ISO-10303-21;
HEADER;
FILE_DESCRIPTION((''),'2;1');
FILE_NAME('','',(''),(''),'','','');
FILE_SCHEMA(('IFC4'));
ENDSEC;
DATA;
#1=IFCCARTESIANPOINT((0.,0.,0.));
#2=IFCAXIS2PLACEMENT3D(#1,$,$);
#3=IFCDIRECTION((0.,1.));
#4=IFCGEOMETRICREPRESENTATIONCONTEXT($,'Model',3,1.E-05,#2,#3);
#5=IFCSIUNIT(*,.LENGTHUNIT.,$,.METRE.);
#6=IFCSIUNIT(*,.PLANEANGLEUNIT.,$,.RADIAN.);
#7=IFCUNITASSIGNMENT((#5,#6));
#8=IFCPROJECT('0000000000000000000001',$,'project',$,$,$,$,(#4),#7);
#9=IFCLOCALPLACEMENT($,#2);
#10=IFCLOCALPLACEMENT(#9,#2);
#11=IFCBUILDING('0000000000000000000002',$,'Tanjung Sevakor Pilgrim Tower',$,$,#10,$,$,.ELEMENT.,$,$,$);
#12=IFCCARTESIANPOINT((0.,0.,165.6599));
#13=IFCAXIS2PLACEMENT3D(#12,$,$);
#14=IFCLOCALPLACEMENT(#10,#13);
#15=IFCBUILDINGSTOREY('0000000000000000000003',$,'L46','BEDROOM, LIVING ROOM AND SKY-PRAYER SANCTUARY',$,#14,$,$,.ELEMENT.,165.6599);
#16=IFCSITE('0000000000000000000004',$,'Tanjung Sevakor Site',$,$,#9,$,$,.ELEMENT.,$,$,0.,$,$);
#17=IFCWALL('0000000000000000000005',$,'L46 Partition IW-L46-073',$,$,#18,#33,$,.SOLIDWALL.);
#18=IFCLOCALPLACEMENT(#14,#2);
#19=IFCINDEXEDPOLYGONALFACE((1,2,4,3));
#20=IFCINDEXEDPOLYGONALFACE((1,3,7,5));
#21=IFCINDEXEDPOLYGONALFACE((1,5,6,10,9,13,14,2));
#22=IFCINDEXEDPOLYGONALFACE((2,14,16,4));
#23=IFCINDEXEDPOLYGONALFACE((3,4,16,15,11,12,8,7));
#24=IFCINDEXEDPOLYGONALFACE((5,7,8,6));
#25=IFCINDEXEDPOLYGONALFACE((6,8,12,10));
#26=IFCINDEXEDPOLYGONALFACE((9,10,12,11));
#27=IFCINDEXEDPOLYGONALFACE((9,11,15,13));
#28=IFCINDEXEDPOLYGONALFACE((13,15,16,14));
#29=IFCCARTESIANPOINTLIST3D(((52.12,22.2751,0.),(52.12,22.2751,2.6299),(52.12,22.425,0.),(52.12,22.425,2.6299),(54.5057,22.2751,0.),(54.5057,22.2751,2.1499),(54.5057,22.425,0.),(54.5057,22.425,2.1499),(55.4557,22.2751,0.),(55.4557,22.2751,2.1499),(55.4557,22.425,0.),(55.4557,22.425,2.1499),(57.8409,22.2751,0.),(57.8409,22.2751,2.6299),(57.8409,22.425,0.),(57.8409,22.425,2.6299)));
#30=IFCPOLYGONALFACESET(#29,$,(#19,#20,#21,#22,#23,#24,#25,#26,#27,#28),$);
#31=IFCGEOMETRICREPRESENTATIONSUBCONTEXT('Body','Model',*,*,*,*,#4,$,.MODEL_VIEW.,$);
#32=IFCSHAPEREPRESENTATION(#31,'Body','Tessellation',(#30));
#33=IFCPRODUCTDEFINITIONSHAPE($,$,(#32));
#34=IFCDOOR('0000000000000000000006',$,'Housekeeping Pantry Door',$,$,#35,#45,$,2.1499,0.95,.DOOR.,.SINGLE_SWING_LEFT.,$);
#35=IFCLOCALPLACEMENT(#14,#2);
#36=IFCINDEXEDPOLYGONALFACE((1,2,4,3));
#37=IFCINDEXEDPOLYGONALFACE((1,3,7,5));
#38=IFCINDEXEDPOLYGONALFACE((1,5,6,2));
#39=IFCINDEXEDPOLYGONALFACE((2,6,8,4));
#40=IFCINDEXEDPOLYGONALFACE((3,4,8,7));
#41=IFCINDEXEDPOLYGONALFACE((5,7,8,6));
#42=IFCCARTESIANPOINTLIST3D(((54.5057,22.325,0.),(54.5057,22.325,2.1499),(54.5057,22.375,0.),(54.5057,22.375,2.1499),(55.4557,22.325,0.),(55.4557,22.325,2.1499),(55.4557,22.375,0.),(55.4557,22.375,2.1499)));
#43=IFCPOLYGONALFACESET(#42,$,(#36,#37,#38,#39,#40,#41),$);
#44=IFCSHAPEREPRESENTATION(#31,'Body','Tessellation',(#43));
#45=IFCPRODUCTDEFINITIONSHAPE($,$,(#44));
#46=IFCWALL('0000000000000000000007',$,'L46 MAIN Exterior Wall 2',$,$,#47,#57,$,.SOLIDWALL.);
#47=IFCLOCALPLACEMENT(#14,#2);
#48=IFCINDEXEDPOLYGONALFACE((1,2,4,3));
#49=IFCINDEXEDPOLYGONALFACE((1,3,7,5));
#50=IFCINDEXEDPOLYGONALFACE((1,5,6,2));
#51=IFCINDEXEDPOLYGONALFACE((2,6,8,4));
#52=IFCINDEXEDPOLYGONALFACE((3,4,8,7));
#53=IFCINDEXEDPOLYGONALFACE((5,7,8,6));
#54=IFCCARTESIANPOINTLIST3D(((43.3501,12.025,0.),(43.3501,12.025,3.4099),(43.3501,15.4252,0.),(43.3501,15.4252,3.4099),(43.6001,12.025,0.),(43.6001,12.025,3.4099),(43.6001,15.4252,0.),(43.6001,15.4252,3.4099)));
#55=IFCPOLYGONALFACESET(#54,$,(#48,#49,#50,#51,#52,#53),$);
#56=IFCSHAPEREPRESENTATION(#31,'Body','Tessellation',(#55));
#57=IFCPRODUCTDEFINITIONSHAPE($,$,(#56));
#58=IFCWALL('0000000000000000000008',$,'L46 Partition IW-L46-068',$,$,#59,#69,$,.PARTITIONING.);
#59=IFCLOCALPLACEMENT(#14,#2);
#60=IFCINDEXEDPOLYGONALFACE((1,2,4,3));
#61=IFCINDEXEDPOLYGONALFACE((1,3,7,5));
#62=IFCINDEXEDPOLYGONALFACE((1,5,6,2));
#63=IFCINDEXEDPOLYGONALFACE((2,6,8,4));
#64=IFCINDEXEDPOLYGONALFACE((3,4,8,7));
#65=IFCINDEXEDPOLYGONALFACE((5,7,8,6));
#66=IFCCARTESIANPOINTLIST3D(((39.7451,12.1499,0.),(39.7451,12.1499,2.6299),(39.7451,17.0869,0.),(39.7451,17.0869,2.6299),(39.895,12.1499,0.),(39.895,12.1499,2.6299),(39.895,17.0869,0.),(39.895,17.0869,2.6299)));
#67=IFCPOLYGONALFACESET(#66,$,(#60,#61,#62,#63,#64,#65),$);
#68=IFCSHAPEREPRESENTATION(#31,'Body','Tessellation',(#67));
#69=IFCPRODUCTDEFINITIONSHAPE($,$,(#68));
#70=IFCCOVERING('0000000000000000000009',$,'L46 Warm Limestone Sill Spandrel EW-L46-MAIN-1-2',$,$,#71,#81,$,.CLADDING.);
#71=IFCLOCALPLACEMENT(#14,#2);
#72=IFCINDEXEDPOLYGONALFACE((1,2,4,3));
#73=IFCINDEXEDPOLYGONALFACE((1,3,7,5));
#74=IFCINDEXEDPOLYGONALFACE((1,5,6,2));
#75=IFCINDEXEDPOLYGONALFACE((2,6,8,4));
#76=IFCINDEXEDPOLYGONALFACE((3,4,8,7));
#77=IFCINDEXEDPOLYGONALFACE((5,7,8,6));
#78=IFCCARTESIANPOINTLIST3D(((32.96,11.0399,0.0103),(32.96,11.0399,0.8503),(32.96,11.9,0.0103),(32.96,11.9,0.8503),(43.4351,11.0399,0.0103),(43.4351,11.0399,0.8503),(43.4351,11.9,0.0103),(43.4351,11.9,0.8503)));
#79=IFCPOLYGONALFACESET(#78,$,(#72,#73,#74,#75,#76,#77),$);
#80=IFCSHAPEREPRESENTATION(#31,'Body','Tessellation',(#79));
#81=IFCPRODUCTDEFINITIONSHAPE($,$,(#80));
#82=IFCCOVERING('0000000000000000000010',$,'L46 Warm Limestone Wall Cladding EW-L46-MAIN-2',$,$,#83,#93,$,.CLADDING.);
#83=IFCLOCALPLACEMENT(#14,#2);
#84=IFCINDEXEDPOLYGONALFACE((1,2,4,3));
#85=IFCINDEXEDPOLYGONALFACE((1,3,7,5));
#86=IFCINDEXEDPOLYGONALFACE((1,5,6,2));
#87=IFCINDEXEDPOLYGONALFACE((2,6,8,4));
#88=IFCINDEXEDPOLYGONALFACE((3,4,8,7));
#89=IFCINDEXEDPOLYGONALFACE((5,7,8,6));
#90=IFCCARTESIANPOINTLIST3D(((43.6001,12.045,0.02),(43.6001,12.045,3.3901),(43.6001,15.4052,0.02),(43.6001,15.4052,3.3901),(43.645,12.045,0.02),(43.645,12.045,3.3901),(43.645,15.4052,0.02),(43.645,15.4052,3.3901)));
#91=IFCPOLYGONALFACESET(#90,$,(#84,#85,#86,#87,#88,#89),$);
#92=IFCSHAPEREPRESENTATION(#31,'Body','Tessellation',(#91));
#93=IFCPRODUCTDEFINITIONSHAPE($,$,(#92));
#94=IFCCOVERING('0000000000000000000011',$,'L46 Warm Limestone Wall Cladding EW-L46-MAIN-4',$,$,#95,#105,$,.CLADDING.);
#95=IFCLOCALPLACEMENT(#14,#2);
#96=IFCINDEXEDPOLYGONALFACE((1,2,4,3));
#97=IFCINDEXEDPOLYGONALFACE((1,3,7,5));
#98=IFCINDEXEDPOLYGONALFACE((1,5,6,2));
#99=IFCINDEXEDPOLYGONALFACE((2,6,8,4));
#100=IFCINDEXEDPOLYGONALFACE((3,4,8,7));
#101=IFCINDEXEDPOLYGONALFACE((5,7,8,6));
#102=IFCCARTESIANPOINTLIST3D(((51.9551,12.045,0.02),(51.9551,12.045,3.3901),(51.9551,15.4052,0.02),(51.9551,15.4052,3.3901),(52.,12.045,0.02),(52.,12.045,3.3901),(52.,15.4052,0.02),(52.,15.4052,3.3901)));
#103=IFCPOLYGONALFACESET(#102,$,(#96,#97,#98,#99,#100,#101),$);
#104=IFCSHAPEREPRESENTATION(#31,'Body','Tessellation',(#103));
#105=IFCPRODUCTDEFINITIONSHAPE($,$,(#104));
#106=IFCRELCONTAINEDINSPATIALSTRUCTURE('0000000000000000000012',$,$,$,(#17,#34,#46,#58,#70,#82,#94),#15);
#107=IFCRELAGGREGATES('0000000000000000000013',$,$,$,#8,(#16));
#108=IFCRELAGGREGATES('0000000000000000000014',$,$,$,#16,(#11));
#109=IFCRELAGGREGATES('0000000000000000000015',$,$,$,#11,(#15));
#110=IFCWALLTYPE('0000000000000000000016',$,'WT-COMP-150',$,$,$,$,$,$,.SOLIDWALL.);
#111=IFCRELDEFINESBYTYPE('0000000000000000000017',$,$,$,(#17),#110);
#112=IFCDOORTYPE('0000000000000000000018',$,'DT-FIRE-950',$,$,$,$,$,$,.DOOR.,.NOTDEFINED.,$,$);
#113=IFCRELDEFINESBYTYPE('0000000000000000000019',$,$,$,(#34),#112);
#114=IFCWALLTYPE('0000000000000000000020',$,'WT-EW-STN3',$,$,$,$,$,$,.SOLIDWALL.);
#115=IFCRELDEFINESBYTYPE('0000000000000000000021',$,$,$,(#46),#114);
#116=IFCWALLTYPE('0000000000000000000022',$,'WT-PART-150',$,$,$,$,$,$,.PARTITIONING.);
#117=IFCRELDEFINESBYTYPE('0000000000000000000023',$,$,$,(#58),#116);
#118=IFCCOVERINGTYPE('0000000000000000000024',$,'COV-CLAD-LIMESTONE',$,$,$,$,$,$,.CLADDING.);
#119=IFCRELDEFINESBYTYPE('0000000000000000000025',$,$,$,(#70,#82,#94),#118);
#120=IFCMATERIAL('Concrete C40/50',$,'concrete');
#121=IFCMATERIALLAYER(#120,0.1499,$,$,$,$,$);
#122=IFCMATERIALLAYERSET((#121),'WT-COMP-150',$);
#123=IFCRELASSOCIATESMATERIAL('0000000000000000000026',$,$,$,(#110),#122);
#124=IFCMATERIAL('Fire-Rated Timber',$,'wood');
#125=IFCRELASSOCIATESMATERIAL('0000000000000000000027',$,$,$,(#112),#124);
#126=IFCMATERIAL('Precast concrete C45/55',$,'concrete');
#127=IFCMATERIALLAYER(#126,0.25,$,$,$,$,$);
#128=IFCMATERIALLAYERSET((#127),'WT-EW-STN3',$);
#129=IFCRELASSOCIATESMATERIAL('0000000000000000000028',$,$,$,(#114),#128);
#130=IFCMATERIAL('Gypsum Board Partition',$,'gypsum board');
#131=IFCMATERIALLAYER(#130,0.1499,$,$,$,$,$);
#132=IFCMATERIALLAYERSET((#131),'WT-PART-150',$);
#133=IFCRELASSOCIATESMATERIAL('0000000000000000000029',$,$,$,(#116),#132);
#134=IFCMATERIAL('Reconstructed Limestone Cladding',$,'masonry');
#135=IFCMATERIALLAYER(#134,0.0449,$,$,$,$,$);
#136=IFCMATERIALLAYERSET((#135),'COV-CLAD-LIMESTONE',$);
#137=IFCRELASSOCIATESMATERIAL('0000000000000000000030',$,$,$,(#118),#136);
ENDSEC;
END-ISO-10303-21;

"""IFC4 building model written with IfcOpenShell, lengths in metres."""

from ifc_helpers import new_model, si_unit, direction, frame, frame_2d, origin, origin_2d, place, context, subcontext, project, spatial, rectangle, extrude, material, layer, layer_set, type_object, element, fill, save


model = new_model("IFC4")

# Units and contexts
model_context = context("Model", 3, precision=1e-05, world=origin(), true_north=direction((0.0, 1.0)))
body_context = subcontext(model_context, "Body", "Model", "MODEL_VIEW")
ifc_project = project(units=[si_unit("LENGTHUNIT", "METRE"), si_unit("PLANEANGLEUNIT", "RADIAN")], contexts=[model_context])

# Site, building, storey
site_placement = place(None, origin())
site = spatial("IfcSite", under=ifc_project, at=site_placement, Name="Tanjung Sevakor Site", CompositionType="ELEMENT", RefElevation=0.0)
building_placement = place(site_placement, origin())
building = spatial("IfcBuilding", under=site, at=building_placement, Name="Tanjung Sevakor Pilgrim Tower", CompositionType="ELEMENT")
storey_placement = place(building_placement, frame((0.0, 0.0, 165.6599)))
storey = spatial("IfcBuildingStorey", under=building, at=storey_placement, Name="L46", Description="BEDROOM, LIVING ROOM AND SKY-PRAYER SANCTUARY", CompositionType="ELEMENT", Elevation=165.6599)

# Shared definitions
ifc_material_1 = material(Name="Concrete C40/50", Category="concrete")
ifc_layer_1 = layer(ifc_material_1, 0.1499)
ifc_layer_set_1 = layer_set([ifc_layer_1], Name="WT-COMP-150")
wall_type_1 = type_object("IfcWallType", Name="WT-COMP-150", PredefinedType="SOLIDWALL", material=ifc_layer_set_1)

# Wall, opening, door
wall_1_placement = place(storey_placement, frame((52.1201, 22.3501, 0.0), z_axis=(0.0, 0.0, 1.0), x_axis=(1.0, 0.0, 0.0)))
wall_1 = element("IfcWall", 1, at=wall_1_placement, inside=storey, type_object=wall_type_1, Name="L46 Partition IW-L46-073", PredefinedType="SOLIDWALL", context=body_context, shape_type="SweptSolid", body=[
    extrude(rectangle(XDim=5.7209, YDim=0.1499, at=frame_2d((2.8604, 0.0))), origin(), (0.0, 0.0, 1.0), 2.6299),
])
opening_1_placement = place(wall_1_placement, frame((2.3855, 0.0, 0.0)))
opening_1 = element("IfcOpeningElement", 2, at=opening_1_placement, cuts=wall_1, PredefinedType="OPENING", context=body_context, shape_type="SweptSolid", body=[
    extrude(rectangle(XDim=0.95, YDim=2.1499, at=frame_2d((0.4751, 1.075))), frame((0.0, 0.085, 0.0), z_axis=(0.0, -1.0, 0.0), x_axis=(1.0, 0.0, 0.0)), (0.0, 0.0, 1.0), 0.1699),
])
ifc_material_2 = material(Name="Fire-Rated Timber", Category="wood")
door_type_1 = type_object("IfcDoorType", Name="DT-FIRE-950", OperationType="NOTDEFINED", PredefinedType="DOOR", material=ifc_material_2)
door_1_placement = place(opening_1_placement, origin())
door_1 = element("IfcDoor", 3, at=door_1_placement, inside=storey, type_object=door_type_1, Name="Housekeeping Pantry Door", OperationType="SINGLE_SWING_LEFT", OverallHeight=2.1499, OverallWidth=0.95, PredefinedType="DOOR", context=body_context, shape_type="SweptSolid", body=[
    extrude(rectangle(XDim=0.95, YDim=2.1499, at=frame_2d((0.4751, 1.075))), frame((0.0, 0.0249, 0.0), z_axis=(0.0, -1.0, 0.0), x_axis=(1.0, 0.0, 0.0)), (0.0, 0.0, 1.0), 0.05),
])
fill(opening_1, door_1)

# Walls
ifc_material_3 = material(Name="Precast concrete C45/55", Category="concrete")
ifc_layer_2 = layer(ifc_material_3, 0.25)
ifc_layer_set_2 = layer_set([ifc_layer_2], Name="WT-EW-STN3")
wall_type_2 = type_object("IfcWallType", Name="WT-EW-STN3", PredefinedType="SOLIDWALL", material=ifc_layer_set_2)
wall_2_placement = place(storey_placement, frame((43.4751, 12.0249, 0.0), z_axis=(0.0, 0.0, 1.0), x_axis=(0.0, 1.0, 0.0)))
element("IfcWall", 4, at=wall_2_placement, inside=storey, type_object=wall_type_2, Name="L46 MAIN Exterior Wall 2", PredefinedType="SOLIDWALL", context=body_context, shape_type="SweptSolid", body=[
    extrude(rectangle(XDim=3.4001, YDim=0.25, at=frame_2d((1.7002, 0.0))), origin(), (0.0, 0.0, 1.0), 3.4099),
])
ifc_material_4 = material(Name="Gypsum Board Partition", Category="gypsum board")
ifc_layer_3 = layer(ifc_material_4, 0.1499)
ifc_layer_set_3 = layer_set([ifc_layer_3], Name="WT-PART-150")
wall_type_3 = type_object("IfcWallType", Name="WT-PART-150", PredefinedType="PARTITIONING", material=ifc_layer_set_3)
wall_3_placement = place(storey_placement, frame((39.8201, 12.1499, 0.0), z_axis=(0.0, 0.0, 1.0), x_axis=(0.0, 1.0, 0.0)))
element("IfcWall", 5, at=wall_3_placement, inside=storey, type_object=wall_type_3, Name="L46 Partition IW-L46-068", PredefinedType="PARTITIONING", context=body_context, shape_type="SweptSolid", body=[
    extrude(rectangle(XDim=4.937, YDim=0.1499, at=frame_2d((2.4685, 0.0))), origin(), (0.0, 0.0, 1.0), 2.6299),
])

# Coverings
ifc_material_5 = material(Name="Reconstructed Limestone Cladding", Category="masonry")
ifc_layer_4 = layer(ifc_material_5, 0.0449)
ifc_layer_set_4 = layer_set([ifc_layer_4], Name="COV-CLAD-LIMESTONE")
covering_type = type_object("IfcCoveringType", Name="COV-CLAD-LIMESTONE", PredefinedType="CLADDING", material=ifc_layer_set_4)
covering_placement = place(storey_placement, frame((38.1975, 11.47, 0.0103), z_axis=(0.0, 0.0, 1.0), x_axis=(1.0, 0.0, 0.0)))
element("IfcCovering", 6, at=covering_placement, inside=storey, type_object=covering_type, Name="L46 Warm Limestone Sill Spandrel EW-L46-MAIN-1-2", PredefinedType="CLADDING", context=body_context, shape_type="SweptSolid", body=[
    extrude(rectangle(XDim=10.4751, YDim=0.8601, at=origin_2d()), origin(), (0.0, 0.0, 1.0), 0.8401),
])
for number, where, z_axis, x_axis, name in (
    (7, (43.6226, 13.7251, 0.02), (0.0, 0.0, 1.0), (0.0, 1.0, 0.0), "L46 Warm Limestone Wall Cladding EW-L46-MAIN-2"),
    (8, (51.9775, 13.7251, 0.02), (0.0, 0.0, 1.0), (0.0, -1.0, 0.0), "L46 Warm Limestone Wall Cladding EW-L46-MAIN-4"),
):
    element("IfcCovering", number, at=place(storey_placement, frame(where, z_axis=z_axis, x_axis=x_axis)), inside=storey, type_object=covering_type, Name=name, PredefinedType="CLADDING", context=body_context, shape_type="SweptSolid", body=[
        extrude(rectangle(XDim=3.3601, YDim=0.0449, at=origin_2d()), origin(), (0.0, 0.0, 1.0), 3.3701),
    ])

save(model, "model.ifc")
